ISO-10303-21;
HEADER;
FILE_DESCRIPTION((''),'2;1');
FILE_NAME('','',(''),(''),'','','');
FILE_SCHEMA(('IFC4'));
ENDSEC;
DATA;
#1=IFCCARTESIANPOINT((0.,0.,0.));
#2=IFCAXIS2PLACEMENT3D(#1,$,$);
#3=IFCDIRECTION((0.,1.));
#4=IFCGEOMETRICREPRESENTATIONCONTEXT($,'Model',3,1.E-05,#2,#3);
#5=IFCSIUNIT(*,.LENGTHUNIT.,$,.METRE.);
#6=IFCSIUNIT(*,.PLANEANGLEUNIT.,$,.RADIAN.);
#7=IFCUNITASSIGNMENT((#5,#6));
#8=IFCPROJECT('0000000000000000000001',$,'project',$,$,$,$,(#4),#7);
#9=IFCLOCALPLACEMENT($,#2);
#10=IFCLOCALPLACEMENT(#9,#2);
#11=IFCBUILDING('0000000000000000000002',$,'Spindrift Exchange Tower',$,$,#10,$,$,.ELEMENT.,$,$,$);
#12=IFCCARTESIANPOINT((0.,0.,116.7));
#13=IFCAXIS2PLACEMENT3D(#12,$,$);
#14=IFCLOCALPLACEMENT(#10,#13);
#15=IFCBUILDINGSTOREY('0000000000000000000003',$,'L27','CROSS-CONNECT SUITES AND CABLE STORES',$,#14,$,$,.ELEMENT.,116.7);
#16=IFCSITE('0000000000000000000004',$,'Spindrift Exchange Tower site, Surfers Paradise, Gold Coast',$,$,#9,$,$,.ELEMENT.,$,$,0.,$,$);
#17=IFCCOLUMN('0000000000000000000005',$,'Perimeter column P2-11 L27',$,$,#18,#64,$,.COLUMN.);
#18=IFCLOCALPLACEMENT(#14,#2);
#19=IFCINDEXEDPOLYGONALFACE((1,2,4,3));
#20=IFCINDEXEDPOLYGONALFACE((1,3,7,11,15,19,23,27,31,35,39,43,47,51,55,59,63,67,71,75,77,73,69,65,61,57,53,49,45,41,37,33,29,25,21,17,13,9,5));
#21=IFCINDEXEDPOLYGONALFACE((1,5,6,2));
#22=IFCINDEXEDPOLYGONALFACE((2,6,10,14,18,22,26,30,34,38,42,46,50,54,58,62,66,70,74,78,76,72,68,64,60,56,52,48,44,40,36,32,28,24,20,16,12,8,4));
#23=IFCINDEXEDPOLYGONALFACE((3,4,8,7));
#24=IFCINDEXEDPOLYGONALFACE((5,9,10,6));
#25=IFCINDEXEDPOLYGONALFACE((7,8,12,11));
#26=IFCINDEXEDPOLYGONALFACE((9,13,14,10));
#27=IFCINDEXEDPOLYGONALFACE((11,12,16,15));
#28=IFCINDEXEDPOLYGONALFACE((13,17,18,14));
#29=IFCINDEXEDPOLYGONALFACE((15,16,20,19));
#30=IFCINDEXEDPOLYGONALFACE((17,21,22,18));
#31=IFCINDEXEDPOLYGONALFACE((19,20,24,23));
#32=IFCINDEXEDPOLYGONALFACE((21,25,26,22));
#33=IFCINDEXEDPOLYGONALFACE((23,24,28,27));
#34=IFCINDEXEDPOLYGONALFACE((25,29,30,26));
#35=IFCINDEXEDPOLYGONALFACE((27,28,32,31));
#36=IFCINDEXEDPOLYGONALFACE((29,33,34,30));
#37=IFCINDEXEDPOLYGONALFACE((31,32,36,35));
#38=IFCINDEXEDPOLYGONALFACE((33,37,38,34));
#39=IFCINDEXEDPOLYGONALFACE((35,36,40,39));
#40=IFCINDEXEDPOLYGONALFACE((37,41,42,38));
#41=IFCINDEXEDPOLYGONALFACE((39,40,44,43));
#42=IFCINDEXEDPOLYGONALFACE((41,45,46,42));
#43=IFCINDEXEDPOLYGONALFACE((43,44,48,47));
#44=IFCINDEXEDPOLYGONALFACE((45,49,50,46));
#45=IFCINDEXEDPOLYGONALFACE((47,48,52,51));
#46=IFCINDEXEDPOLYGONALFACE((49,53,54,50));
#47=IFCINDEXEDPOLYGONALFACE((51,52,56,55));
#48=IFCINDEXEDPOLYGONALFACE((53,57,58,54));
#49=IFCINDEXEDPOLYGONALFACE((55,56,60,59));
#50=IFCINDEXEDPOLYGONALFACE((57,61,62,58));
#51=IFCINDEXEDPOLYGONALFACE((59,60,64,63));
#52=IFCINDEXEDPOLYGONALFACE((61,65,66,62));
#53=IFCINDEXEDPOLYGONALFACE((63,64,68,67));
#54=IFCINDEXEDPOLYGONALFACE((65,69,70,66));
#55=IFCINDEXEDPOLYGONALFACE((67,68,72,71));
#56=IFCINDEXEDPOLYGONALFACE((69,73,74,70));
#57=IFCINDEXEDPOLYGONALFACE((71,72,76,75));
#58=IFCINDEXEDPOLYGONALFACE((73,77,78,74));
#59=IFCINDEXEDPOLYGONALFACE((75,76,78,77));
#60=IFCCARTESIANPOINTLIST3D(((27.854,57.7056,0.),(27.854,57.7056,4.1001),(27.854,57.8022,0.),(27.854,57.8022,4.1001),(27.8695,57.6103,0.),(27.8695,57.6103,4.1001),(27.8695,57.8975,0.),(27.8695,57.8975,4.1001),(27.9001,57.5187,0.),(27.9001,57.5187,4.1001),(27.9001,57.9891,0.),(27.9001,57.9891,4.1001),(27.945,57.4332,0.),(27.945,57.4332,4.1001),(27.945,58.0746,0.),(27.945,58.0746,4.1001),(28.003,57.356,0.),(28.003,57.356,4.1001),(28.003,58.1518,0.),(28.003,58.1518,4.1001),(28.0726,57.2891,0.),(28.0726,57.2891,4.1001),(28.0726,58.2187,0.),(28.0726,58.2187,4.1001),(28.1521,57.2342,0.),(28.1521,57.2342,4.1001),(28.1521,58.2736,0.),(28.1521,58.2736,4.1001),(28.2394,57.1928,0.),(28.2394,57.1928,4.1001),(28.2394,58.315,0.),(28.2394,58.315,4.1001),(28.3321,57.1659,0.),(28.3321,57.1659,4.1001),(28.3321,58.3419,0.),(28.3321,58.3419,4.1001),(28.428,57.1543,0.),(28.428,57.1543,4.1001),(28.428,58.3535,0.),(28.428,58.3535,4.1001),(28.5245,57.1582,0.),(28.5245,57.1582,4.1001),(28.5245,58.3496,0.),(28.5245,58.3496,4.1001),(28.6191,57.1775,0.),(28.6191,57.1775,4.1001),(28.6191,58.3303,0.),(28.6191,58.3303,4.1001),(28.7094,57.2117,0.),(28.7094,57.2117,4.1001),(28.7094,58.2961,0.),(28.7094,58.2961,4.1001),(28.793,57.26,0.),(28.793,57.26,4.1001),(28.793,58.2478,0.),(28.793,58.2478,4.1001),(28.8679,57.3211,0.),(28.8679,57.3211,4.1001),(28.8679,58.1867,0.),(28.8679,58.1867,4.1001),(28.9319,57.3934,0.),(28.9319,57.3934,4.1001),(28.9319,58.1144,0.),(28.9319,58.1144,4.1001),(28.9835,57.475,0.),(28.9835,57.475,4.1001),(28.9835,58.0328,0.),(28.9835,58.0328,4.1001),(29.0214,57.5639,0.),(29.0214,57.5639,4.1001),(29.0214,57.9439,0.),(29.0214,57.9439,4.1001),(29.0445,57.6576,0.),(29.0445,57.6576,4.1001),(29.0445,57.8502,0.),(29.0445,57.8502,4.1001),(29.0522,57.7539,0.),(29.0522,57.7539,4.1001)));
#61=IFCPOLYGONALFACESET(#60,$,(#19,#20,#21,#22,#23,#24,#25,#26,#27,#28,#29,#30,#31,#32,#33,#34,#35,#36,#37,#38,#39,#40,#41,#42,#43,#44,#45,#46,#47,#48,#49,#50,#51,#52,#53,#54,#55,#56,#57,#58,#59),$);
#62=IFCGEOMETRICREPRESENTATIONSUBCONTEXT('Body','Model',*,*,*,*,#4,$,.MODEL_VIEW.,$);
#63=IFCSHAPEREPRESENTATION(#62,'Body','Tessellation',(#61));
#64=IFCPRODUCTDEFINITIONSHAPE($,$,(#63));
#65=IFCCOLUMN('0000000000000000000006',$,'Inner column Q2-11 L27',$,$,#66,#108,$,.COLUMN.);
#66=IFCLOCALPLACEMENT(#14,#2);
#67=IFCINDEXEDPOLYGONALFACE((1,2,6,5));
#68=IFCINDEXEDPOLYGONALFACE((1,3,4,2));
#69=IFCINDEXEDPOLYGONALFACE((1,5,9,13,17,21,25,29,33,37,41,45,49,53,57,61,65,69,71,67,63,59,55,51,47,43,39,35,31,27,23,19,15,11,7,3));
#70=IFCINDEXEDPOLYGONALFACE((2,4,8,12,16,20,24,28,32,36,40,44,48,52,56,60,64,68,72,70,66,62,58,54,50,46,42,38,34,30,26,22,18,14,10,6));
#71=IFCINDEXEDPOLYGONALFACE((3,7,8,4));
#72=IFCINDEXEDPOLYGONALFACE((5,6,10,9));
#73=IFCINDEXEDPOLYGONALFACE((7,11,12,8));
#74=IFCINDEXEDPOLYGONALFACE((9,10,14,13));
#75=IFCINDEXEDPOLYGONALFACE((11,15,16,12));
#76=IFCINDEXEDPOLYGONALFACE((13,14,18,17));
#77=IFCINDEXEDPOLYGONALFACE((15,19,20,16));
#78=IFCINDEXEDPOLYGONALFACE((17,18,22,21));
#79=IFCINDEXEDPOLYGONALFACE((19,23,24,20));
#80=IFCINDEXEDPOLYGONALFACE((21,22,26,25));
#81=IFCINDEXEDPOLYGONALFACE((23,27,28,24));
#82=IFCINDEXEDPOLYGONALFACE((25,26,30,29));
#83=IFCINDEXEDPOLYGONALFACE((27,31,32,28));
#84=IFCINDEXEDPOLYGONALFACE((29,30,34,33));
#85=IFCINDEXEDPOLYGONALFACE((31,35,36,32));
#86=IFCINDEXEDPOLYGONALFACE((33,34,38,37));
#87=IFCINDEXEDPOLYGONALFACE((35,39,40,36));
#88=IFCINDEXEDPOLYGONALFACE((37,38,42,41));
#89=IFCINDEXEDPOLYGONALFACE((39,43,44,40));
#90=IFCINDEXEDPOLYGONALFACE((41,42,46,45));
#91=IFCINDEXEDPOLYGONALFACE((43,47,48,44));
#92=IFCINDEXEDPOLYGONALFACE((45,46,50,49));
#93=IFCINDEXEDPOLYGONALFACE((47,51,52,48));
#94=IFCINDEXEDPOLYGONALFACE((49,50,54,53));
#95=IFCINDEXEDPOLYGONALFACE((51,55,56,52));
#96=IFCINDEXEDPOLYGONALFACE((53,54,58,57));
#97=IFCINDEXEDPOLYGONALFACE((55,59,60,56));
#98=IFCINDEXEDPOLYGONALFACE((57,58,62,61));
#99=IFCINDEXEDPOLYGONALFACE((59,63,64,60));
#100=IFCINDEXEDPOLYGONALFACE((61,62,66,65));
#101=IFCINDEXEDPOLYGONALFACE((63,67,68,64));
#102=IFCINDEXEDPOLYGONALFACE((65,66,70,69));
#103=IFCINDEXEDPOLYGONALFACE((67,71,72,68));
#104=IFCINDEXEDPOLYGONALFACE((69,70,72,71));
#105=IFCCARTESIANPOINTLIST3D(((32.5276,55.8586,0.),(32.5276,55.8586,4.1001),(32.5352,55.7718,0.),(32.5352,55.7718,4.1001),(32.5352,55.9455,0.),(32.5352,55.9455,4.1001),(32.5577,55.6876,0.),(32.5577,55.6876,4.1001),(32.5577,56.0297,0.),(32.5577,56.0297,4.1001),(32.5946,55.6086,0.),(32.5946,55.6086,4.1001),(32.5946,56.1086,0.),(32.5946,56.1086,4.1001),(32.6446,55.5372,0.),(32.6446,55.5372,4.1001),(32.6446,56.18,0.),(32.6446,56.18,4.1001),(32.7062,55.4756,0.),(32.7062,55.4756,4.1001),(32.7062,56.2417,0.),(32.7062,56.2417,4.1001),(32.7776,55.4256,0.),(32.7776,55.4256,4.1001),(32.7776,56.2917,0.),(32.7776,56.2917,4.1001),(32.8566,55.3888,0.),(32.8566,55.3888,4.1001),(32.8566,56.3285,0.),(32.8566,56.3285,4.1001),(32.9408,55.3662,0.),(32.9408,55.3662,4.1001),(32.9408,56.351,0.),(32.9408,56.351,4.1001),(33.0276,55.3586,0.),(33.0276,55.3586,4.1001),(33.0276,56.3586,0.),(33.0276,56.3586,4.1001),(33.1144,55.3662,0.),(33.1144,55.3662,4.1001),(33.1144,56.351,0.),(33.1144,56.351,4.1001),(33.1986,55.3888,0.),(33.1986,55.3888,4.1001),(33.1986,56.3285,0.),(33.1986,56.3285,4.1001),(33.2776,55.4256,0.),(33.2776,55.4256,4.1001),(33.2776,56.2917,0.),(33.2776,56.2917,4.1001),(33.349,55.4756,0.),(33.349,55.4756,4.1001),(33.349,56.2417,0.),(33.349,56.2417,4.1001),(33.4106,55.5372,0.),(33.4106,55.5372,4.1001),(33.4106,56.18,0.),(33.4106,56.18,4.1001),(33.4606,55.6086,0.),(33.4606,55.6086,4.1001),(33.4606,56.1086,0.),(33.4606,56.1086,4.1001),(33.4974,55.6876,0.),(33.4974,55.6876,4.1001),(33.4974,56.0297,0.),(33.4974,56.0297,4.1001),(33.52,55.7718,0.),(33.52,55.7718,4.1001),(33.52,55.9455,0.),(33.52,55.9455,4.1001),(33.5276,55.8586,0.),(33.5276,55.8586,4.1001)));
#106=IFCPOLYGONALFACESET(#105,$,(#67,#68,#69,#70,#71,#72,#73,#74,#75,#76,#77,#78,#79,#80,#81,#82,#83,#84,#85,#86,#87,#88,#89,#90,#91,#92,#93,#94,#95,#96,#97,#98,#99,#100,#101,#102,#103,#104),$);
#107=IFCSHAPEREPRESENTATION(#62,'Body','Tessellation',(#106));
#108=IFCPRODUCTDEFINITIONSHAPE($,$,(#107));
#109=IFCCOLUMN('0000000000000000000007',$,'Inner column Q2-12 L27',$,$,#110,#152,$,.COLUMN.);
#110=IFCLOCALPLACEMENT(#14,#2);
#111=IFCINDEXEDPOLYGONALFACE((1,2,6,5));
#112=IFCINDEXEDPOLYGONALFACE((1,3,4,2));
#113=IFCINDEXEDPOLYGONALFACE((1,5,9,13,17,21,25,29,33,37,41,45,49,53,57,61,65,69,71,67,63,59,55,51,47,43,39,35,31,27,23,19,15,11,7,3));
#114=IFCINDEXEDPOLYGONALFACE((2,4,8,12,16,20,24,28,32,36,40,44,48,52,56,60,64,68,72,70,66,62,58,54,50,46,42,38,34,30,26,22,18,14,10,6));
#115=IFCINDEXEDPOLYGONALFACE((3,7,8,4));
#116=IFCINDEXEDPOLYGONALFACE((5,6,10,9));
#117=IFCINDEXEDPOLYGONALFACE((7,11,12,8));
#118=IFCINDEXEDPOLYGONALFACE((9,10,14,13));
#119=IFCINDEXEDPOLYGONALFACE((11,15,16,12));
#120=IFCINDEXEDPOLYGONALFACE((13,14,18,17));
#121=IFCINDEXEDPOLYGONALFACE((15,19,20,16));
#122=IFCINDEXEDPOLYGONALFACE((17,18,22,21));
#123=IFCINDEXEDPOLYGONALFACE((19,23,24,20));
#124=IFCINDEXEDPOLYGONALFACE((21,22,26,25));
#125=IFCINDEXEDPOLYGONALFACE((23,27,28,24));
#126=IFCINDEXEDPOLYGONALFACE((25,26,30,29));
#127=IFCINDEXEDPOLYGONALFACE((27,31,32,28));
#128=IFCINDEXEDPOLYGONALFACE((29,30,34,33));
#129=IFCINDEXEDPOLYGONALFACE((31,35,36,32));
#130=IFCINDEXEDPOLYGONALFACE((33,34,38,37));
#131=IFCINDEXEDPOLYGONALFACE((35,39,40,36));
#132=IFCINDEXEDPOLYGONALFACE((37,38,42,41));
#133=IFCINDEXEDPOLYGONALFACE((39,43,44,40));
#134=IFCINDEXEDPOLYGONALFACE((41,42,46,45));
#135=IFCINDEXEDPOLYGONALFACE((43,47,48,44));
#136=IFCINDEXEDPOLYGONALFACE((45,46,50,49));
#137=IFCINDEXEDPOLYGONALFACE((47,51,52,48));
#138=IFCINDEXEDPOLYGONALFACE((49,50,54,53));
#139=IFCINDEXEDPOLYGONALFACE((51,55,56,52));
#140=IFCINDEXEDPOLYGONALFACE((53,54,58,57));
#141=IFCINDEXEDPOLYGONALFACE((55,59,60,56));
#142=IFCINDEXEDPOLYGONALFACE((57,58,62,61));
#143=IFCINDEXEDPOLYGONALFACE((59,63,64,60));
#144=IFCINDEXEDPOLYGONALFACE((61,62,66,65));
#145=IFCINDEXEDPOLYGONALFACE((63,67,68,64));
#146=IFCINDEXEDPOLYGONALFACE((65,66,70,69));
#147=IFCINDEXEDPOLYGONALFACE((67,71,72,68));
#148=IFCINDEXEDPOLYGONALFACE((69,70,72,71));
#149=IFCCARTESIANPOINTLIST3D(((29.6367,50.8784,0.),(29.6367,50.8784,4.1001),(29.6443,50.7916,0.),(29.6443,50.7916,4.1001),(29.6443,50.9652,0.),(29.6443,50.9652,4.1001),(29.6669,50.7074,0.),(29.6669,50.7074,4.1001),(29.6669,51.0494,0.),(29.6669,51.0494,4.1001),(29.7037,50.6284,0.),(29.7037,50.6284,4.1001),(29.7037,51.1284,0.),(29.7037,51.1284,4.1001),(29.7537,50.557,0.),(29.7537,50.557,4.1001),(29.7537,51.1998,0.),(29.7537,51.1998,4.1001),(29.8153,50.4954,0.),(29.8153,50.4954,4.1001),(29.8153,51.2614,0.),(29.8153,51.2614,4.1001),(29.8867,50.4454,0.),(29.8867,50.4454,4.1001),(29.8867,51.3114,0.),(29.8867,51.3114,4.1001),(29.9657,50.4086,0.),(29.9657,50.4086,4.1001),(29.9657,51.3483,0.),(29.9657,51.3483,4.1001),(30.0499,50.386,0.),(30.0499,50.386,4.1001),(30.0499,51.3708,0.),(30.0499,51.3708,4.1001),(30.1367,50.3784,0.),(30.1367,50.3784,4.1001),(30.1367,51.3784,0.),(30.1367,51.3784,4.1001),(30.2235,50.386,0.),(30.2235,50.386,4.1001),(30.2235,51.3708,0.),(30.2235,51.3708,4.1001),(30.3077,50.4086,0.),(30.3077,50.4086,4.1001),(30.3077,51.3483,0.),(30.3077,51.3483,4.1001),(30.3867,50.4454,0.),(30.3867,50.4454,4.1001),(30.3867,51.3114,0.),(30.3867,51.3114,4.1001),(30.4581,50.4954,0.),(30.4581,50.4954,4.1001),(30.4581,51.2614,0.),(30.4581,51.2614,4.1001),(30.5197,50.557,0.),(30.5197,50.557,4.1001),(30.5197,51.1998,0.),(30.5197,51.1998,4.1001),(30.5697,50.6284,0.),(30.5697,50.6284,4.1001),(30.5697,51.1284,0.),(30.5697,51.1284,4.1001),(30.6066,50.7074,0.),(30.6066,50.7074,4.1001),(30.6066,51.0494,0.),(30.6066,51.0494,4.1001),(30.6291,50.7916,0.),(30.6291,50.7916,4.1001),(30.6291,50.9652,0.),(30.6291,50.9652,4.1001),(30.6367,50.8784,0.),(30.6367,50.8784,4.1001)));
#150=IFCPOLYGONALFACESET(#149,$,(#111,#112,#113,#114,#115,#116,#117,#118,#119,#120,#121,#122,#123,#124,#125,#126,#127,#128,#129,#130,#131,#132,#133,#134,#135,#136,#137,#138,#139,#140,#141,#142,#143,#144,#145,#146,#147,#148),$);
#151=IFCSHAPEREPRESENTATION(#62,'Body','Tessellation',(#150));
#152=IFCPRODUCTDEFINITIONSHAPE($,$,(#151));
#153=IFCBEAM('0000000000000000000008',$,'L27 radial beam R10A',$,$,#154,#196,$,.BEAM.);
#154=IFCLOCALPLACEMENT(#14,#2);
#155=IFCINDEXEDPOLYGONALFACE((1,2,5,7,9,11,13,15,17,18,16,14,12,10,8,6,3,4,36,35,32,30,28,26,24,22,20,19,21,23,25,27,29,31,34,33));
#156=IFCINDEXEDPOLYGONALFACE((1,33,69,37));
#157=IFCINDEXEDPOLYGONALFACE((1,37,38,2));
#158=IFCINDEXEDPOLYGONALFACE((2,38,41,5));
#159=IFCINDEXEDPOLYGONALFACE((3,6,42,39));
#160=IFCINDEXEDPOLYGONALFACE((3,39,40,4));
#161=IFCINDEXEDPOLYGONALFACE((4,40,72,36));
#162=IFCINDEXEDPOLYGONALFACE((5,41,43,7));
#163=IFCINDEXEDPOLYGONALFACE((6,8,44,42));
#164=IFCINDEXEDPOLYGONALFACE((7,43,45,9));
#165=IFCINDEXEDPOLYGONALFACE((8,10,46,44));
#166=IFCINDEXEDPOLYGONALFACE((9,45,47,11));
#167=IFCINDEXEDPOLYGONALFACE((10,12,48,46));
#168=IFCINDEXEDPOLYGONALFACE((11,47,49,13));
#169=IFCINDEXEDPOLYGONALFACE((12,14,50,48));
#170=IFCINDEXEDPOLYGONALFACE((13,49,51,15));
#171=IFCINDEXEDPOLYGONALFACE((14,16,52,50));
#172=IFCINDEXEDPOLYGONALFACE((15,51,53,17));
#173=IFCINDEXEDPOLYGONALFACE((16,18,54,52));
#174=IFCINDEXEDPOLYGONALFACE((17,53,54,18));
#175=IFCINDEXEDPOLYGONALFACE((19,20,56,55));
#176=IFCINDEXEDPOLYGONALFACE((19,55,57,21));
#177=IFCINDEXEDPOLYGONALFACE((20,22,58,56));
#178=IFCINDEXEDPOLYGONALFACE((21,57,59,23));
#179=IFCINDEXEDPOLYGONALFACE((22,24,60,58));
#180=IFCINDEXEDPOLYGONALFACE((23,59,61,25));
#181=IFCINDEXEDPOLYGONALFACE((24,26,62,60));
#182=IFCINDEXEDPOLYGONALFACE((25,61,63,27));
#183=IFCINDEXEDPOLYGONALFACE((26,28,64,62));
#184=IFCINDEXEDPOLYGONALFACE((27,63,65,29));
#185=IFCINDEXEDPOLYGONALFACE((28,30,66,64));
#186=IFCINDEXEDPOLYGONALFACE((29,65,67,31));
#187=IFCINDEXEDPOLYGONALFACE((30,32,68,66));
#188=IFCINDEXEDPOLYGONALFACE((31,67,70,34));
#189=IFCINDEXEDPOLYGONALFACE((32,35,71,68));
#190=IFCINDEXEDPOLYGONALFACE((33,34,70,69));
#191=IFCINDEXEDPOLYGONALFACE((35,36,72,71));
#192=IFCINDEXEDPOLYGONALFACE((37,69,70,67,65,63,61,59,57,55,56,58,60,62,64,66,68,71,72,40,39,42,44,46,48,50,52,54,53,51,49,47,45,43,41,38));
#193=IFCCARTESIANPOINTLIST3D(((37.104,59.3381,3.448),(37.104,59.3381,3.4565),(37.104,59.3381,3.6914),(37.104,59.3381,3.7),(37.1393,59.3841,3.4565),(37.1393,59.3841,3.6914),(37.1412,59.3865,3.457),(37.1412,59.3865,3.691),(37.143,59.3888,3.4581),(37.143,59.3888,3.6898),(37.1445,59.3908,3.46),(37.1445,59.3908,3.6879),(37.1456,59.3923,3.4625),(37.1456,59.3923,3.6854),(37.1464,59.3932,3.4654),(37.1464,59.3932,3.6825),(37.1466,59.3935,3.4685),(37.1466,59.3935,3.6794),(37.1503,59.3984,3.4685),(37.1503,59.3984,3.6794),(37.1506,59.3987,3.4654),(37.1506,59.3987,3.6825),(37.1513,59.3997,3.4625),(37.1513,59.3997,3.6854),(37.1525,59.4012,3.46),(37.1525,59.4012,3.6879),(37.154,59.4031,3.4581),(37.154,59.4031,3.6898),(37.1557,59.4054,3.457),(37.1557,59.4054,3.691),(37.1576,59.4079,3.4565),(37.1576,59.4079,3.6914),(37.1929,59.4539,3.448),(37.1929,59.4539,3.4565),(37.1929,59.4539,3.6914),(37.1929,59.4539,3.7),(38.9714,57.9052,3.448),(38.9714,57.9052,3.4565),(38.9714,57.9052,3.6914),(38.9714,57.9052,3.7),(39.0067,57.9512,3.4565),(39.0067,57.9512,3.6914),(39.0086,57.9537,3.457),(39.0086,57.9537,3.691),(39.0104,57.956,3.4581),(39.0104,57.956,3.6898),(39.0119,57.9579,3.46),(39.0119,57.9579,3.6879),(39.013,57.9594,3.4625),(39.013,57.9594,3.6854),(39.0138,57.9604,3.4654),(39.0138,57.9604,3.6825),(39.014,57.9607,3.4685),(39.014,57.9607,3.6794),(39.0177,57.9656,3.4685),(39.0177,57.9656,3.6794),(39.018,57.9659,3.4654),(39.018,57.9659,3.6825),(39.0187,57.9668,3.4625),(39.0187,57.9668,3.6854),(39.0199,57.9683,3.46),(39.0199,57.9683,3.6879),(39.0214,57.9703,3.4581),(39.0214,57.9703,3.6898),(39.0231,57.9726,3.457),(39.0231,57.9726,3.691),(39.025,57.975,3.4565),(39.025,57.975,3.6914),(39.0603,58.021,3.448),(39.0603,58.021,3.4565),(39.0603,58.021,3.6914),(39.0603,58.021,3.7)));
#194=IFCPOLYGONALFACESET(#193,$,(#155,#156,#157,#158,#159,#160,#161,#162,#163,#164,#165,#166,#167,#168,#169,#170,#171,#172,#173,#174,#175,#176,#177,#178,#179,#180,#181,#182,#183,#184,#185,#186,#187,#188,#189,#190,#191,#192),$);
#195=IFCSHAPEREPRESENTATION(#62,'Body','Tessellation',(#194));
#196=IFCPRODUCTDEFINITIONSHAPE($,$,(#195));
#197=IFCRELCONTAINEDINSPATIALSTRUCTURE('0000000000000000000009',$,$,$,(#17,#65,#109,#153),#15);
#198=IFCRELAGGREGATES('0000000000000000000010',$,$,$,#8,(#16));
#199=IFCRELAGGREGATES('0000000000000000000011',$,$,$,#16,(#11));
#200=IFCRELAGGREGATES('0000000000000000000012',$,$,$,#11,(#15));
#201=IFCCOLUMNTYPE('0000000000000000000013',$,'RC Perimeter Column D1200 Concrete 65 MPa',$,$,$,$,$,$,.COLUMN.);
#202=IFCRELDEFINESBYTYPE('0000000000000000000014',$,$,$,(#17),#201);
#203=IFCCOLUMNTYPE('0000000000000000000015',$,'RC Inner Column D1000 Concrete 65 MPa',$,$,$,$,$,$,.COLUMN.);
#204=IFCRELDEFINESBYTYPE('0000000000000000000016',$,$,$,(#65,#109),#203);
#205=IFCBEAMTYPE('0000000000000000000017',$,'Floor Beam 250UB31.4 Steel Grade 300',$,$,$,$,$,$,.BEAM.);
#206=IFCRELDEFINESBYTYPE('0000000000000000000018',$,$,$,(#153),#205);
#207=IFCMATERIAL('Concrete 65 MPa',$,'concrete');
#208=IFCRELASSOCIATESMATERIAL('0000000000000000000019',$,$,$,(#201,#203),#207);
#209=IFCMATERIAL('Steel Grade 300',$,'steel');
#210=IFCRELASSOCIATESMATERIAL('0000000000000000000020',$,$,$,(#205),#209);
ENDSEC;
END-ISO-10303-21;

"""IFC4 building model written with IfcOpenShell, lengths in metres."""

from ifc_helpers import new_model, si_unit, direction, frame, origin, origin_2d, place, context, subcontext, project, spatial, circle, i_section, extrude, source, transform, mapped, material, material_profile, profile_set, type_object, element, save


model = new_model("IFC4")

# Units and contexts
model_context = context("Model", 3, precision=1e-05, world=origin(), true_north=direction((0.0, 1.0)))
body_context = subcontext(model_context, "Body", "Model", "MODEL_VIEW")
ifc_project = project(units=[si_unit("LENGTHUNIT", "METRE"), si_unit("PLANEANGLEUNIT", "RADIAN")], contexts=[model_context])

# Site, building, storey
site_placement = place(None, origin())
site = spatial("IfcSite", under=ifc_project, at=site_placement, Name="Spindrift Exchange Tower site, Surfers Paradise, Gold Coast", CompositionType="ELEMENT", RefElevation=0.0)
building_placement = place(site_placement, origin())
building = spatial("IfcBuilding", under=site, at=building_placement, Name="Spindrift Exchange Tower", CompositionType="ELEMENT")
storey_placement = place(building_placement, frame((0.0, 0.0, 116.7)))
storey = spatial("IfcBuildingStorey", under=building, at=storey_placement, Name="L27", Description="CROSS-CONNECT SUITES AND CABLE STORES", CompositionType="ELEMENT", Elevation=116.7)

# Columns
ifc_material_1 = material(Name="Concrete 65 MPa", Category="concrete")
ifc_material_profile_1 = material_profile(ifc_material_1, circle(Radius=0.6001, at=origin_2d()), Name="RC D1200")
ifc_profile_set_1 = profile_set([ifc_material_profile_1], Name="Concrete 65 MPa")
column_type_1 = type_object("IfcColumnType", Name="RC Perimeter Column D1200 Concrete 65 MPa", PredefinedType="COLUMN", material=ifc_profile_set_1)
shared_shape_1 = source(origin(), body_context, "Body", "SweptSolid", [
    extrude(circle(Radius=0.6001, at=origin_2d()), origin(), (0.0, 0.0, 1.0), 4.1001),
])
column_placement = place(storey_placement, frame((28.4521, 57.7539, 0.0), z_axis=(0.0, 0.0, 1.0), x_axis=(1.0, 0.0, 0.0)))
element("IfcColumn", 1, at=column_placement, inside=storey, type_object=column_type_1, Name="Perimeter column P2-11 L27", PredefinedType="COLUMN", context=body_context, shape_type="MappedRepresentation", body=[
    mapped(shared_shape_1, transform((0.0, 0.0, 0.0), scale=1.0)),
])
ifc_material_profile_2 = material_profile(ifc_material_1, circle(Radius=0.5, at=origin_2d()), Name="RC D1000")
ifc_profile_set_2 = profile_set([ifc_material_profile_2], Name="Concrete 65 MPa")
column_type_2 = type_object("IfcColumnType", Name="RC Inner Column D1000 Concrete 65 MPa", PredefinedType="COLUMN", material=ifc_profile_set_2)
shared_shape_2 = source(origin(), body_context, "Body", "SweptSolid", [
    extrude(circle(Radius=0.5, at=origin_2d()), origin(), (0.0, 0.0, 1.0), 4.1001),
])
for number, where, z_axis, x_axis, name in (
    (2, (33.0276, 55.8586, 0.0), (0.0, 0.0, 1.0), (1.0, 0.0, 0.0), "Inner column Q2-11 L27"),
    (3, (30.1367, 50.8784, 0.0), (0.0, 0.0, 1.0), (1.0, 0.0, 0.0), "Inner column Q2-12 L27"),
):
    element("IfcColumn", number, at=place(storey_placement, frame(where, z_axis=z_axis, x_axis=x_axis)), inside=storey, type_object=column_type_2, Name=name, PredefinedType="COLUMN", context=body_context, shape_type="MappedRepresentation", body=[
        mapped(shared_shape_2, transform((0.0, 0.0, 0.0), scale=1.0)),
    ])

# Beam
ifc_material_2 = material(Name="Steel Grade 300", Category="steel")
ifc_material_profile_3 = material_profile(ifc_material_2, i_section(OverallWidth=0.146, OverallDepth=0.252, WebThickness=0.0061, FlangeThickness=0.0085, FilletRadius=0.012, at=origin_2d()), Name="250UB31.4")
ifc_profile_set_3 = profile_set([ifc_material_profile_3], Name="Steel Grade 300")
beam_type_1 = type_object("IfcBeamType", Name="Floor Beam 250UB31.4 Steel Grade 300", PredefinedType="BEAM", material=ifc_profile_set_3)
shared_shape_3 = source(origin(), body_context, "Body", "SweptSolid", [
    extrude(i_section(OverallWidth=0.146, OverallDepth=0.252, WebThickness=0.0061, FlangeThickness=0.0085, FilletRadius=0.012, at=origin_2d()), origin(), (0.0, 0.0, 1.0), 2.3538),
])
beam_1_placement = place(storey_placement, frame((39.0159, 57.9631, 3.574), z_axis=(-0.793368, 0.608743, 0.0), x_axis=(-0.608743, -0.793368, 0.0)))
element("IfcBeam", 4, at=beam_1_placement, inside=storey, type_object=beam_type_1, Name="L27 radial beam R10A", PredefinedType="BEAM", context=body_context, shape_type="MappedRepresentation", body=[
    mapped(shared_shape_3, transform((0.0, 0.0, 0.0), scale=1.0)),
])

save(model, "model.ifc")
